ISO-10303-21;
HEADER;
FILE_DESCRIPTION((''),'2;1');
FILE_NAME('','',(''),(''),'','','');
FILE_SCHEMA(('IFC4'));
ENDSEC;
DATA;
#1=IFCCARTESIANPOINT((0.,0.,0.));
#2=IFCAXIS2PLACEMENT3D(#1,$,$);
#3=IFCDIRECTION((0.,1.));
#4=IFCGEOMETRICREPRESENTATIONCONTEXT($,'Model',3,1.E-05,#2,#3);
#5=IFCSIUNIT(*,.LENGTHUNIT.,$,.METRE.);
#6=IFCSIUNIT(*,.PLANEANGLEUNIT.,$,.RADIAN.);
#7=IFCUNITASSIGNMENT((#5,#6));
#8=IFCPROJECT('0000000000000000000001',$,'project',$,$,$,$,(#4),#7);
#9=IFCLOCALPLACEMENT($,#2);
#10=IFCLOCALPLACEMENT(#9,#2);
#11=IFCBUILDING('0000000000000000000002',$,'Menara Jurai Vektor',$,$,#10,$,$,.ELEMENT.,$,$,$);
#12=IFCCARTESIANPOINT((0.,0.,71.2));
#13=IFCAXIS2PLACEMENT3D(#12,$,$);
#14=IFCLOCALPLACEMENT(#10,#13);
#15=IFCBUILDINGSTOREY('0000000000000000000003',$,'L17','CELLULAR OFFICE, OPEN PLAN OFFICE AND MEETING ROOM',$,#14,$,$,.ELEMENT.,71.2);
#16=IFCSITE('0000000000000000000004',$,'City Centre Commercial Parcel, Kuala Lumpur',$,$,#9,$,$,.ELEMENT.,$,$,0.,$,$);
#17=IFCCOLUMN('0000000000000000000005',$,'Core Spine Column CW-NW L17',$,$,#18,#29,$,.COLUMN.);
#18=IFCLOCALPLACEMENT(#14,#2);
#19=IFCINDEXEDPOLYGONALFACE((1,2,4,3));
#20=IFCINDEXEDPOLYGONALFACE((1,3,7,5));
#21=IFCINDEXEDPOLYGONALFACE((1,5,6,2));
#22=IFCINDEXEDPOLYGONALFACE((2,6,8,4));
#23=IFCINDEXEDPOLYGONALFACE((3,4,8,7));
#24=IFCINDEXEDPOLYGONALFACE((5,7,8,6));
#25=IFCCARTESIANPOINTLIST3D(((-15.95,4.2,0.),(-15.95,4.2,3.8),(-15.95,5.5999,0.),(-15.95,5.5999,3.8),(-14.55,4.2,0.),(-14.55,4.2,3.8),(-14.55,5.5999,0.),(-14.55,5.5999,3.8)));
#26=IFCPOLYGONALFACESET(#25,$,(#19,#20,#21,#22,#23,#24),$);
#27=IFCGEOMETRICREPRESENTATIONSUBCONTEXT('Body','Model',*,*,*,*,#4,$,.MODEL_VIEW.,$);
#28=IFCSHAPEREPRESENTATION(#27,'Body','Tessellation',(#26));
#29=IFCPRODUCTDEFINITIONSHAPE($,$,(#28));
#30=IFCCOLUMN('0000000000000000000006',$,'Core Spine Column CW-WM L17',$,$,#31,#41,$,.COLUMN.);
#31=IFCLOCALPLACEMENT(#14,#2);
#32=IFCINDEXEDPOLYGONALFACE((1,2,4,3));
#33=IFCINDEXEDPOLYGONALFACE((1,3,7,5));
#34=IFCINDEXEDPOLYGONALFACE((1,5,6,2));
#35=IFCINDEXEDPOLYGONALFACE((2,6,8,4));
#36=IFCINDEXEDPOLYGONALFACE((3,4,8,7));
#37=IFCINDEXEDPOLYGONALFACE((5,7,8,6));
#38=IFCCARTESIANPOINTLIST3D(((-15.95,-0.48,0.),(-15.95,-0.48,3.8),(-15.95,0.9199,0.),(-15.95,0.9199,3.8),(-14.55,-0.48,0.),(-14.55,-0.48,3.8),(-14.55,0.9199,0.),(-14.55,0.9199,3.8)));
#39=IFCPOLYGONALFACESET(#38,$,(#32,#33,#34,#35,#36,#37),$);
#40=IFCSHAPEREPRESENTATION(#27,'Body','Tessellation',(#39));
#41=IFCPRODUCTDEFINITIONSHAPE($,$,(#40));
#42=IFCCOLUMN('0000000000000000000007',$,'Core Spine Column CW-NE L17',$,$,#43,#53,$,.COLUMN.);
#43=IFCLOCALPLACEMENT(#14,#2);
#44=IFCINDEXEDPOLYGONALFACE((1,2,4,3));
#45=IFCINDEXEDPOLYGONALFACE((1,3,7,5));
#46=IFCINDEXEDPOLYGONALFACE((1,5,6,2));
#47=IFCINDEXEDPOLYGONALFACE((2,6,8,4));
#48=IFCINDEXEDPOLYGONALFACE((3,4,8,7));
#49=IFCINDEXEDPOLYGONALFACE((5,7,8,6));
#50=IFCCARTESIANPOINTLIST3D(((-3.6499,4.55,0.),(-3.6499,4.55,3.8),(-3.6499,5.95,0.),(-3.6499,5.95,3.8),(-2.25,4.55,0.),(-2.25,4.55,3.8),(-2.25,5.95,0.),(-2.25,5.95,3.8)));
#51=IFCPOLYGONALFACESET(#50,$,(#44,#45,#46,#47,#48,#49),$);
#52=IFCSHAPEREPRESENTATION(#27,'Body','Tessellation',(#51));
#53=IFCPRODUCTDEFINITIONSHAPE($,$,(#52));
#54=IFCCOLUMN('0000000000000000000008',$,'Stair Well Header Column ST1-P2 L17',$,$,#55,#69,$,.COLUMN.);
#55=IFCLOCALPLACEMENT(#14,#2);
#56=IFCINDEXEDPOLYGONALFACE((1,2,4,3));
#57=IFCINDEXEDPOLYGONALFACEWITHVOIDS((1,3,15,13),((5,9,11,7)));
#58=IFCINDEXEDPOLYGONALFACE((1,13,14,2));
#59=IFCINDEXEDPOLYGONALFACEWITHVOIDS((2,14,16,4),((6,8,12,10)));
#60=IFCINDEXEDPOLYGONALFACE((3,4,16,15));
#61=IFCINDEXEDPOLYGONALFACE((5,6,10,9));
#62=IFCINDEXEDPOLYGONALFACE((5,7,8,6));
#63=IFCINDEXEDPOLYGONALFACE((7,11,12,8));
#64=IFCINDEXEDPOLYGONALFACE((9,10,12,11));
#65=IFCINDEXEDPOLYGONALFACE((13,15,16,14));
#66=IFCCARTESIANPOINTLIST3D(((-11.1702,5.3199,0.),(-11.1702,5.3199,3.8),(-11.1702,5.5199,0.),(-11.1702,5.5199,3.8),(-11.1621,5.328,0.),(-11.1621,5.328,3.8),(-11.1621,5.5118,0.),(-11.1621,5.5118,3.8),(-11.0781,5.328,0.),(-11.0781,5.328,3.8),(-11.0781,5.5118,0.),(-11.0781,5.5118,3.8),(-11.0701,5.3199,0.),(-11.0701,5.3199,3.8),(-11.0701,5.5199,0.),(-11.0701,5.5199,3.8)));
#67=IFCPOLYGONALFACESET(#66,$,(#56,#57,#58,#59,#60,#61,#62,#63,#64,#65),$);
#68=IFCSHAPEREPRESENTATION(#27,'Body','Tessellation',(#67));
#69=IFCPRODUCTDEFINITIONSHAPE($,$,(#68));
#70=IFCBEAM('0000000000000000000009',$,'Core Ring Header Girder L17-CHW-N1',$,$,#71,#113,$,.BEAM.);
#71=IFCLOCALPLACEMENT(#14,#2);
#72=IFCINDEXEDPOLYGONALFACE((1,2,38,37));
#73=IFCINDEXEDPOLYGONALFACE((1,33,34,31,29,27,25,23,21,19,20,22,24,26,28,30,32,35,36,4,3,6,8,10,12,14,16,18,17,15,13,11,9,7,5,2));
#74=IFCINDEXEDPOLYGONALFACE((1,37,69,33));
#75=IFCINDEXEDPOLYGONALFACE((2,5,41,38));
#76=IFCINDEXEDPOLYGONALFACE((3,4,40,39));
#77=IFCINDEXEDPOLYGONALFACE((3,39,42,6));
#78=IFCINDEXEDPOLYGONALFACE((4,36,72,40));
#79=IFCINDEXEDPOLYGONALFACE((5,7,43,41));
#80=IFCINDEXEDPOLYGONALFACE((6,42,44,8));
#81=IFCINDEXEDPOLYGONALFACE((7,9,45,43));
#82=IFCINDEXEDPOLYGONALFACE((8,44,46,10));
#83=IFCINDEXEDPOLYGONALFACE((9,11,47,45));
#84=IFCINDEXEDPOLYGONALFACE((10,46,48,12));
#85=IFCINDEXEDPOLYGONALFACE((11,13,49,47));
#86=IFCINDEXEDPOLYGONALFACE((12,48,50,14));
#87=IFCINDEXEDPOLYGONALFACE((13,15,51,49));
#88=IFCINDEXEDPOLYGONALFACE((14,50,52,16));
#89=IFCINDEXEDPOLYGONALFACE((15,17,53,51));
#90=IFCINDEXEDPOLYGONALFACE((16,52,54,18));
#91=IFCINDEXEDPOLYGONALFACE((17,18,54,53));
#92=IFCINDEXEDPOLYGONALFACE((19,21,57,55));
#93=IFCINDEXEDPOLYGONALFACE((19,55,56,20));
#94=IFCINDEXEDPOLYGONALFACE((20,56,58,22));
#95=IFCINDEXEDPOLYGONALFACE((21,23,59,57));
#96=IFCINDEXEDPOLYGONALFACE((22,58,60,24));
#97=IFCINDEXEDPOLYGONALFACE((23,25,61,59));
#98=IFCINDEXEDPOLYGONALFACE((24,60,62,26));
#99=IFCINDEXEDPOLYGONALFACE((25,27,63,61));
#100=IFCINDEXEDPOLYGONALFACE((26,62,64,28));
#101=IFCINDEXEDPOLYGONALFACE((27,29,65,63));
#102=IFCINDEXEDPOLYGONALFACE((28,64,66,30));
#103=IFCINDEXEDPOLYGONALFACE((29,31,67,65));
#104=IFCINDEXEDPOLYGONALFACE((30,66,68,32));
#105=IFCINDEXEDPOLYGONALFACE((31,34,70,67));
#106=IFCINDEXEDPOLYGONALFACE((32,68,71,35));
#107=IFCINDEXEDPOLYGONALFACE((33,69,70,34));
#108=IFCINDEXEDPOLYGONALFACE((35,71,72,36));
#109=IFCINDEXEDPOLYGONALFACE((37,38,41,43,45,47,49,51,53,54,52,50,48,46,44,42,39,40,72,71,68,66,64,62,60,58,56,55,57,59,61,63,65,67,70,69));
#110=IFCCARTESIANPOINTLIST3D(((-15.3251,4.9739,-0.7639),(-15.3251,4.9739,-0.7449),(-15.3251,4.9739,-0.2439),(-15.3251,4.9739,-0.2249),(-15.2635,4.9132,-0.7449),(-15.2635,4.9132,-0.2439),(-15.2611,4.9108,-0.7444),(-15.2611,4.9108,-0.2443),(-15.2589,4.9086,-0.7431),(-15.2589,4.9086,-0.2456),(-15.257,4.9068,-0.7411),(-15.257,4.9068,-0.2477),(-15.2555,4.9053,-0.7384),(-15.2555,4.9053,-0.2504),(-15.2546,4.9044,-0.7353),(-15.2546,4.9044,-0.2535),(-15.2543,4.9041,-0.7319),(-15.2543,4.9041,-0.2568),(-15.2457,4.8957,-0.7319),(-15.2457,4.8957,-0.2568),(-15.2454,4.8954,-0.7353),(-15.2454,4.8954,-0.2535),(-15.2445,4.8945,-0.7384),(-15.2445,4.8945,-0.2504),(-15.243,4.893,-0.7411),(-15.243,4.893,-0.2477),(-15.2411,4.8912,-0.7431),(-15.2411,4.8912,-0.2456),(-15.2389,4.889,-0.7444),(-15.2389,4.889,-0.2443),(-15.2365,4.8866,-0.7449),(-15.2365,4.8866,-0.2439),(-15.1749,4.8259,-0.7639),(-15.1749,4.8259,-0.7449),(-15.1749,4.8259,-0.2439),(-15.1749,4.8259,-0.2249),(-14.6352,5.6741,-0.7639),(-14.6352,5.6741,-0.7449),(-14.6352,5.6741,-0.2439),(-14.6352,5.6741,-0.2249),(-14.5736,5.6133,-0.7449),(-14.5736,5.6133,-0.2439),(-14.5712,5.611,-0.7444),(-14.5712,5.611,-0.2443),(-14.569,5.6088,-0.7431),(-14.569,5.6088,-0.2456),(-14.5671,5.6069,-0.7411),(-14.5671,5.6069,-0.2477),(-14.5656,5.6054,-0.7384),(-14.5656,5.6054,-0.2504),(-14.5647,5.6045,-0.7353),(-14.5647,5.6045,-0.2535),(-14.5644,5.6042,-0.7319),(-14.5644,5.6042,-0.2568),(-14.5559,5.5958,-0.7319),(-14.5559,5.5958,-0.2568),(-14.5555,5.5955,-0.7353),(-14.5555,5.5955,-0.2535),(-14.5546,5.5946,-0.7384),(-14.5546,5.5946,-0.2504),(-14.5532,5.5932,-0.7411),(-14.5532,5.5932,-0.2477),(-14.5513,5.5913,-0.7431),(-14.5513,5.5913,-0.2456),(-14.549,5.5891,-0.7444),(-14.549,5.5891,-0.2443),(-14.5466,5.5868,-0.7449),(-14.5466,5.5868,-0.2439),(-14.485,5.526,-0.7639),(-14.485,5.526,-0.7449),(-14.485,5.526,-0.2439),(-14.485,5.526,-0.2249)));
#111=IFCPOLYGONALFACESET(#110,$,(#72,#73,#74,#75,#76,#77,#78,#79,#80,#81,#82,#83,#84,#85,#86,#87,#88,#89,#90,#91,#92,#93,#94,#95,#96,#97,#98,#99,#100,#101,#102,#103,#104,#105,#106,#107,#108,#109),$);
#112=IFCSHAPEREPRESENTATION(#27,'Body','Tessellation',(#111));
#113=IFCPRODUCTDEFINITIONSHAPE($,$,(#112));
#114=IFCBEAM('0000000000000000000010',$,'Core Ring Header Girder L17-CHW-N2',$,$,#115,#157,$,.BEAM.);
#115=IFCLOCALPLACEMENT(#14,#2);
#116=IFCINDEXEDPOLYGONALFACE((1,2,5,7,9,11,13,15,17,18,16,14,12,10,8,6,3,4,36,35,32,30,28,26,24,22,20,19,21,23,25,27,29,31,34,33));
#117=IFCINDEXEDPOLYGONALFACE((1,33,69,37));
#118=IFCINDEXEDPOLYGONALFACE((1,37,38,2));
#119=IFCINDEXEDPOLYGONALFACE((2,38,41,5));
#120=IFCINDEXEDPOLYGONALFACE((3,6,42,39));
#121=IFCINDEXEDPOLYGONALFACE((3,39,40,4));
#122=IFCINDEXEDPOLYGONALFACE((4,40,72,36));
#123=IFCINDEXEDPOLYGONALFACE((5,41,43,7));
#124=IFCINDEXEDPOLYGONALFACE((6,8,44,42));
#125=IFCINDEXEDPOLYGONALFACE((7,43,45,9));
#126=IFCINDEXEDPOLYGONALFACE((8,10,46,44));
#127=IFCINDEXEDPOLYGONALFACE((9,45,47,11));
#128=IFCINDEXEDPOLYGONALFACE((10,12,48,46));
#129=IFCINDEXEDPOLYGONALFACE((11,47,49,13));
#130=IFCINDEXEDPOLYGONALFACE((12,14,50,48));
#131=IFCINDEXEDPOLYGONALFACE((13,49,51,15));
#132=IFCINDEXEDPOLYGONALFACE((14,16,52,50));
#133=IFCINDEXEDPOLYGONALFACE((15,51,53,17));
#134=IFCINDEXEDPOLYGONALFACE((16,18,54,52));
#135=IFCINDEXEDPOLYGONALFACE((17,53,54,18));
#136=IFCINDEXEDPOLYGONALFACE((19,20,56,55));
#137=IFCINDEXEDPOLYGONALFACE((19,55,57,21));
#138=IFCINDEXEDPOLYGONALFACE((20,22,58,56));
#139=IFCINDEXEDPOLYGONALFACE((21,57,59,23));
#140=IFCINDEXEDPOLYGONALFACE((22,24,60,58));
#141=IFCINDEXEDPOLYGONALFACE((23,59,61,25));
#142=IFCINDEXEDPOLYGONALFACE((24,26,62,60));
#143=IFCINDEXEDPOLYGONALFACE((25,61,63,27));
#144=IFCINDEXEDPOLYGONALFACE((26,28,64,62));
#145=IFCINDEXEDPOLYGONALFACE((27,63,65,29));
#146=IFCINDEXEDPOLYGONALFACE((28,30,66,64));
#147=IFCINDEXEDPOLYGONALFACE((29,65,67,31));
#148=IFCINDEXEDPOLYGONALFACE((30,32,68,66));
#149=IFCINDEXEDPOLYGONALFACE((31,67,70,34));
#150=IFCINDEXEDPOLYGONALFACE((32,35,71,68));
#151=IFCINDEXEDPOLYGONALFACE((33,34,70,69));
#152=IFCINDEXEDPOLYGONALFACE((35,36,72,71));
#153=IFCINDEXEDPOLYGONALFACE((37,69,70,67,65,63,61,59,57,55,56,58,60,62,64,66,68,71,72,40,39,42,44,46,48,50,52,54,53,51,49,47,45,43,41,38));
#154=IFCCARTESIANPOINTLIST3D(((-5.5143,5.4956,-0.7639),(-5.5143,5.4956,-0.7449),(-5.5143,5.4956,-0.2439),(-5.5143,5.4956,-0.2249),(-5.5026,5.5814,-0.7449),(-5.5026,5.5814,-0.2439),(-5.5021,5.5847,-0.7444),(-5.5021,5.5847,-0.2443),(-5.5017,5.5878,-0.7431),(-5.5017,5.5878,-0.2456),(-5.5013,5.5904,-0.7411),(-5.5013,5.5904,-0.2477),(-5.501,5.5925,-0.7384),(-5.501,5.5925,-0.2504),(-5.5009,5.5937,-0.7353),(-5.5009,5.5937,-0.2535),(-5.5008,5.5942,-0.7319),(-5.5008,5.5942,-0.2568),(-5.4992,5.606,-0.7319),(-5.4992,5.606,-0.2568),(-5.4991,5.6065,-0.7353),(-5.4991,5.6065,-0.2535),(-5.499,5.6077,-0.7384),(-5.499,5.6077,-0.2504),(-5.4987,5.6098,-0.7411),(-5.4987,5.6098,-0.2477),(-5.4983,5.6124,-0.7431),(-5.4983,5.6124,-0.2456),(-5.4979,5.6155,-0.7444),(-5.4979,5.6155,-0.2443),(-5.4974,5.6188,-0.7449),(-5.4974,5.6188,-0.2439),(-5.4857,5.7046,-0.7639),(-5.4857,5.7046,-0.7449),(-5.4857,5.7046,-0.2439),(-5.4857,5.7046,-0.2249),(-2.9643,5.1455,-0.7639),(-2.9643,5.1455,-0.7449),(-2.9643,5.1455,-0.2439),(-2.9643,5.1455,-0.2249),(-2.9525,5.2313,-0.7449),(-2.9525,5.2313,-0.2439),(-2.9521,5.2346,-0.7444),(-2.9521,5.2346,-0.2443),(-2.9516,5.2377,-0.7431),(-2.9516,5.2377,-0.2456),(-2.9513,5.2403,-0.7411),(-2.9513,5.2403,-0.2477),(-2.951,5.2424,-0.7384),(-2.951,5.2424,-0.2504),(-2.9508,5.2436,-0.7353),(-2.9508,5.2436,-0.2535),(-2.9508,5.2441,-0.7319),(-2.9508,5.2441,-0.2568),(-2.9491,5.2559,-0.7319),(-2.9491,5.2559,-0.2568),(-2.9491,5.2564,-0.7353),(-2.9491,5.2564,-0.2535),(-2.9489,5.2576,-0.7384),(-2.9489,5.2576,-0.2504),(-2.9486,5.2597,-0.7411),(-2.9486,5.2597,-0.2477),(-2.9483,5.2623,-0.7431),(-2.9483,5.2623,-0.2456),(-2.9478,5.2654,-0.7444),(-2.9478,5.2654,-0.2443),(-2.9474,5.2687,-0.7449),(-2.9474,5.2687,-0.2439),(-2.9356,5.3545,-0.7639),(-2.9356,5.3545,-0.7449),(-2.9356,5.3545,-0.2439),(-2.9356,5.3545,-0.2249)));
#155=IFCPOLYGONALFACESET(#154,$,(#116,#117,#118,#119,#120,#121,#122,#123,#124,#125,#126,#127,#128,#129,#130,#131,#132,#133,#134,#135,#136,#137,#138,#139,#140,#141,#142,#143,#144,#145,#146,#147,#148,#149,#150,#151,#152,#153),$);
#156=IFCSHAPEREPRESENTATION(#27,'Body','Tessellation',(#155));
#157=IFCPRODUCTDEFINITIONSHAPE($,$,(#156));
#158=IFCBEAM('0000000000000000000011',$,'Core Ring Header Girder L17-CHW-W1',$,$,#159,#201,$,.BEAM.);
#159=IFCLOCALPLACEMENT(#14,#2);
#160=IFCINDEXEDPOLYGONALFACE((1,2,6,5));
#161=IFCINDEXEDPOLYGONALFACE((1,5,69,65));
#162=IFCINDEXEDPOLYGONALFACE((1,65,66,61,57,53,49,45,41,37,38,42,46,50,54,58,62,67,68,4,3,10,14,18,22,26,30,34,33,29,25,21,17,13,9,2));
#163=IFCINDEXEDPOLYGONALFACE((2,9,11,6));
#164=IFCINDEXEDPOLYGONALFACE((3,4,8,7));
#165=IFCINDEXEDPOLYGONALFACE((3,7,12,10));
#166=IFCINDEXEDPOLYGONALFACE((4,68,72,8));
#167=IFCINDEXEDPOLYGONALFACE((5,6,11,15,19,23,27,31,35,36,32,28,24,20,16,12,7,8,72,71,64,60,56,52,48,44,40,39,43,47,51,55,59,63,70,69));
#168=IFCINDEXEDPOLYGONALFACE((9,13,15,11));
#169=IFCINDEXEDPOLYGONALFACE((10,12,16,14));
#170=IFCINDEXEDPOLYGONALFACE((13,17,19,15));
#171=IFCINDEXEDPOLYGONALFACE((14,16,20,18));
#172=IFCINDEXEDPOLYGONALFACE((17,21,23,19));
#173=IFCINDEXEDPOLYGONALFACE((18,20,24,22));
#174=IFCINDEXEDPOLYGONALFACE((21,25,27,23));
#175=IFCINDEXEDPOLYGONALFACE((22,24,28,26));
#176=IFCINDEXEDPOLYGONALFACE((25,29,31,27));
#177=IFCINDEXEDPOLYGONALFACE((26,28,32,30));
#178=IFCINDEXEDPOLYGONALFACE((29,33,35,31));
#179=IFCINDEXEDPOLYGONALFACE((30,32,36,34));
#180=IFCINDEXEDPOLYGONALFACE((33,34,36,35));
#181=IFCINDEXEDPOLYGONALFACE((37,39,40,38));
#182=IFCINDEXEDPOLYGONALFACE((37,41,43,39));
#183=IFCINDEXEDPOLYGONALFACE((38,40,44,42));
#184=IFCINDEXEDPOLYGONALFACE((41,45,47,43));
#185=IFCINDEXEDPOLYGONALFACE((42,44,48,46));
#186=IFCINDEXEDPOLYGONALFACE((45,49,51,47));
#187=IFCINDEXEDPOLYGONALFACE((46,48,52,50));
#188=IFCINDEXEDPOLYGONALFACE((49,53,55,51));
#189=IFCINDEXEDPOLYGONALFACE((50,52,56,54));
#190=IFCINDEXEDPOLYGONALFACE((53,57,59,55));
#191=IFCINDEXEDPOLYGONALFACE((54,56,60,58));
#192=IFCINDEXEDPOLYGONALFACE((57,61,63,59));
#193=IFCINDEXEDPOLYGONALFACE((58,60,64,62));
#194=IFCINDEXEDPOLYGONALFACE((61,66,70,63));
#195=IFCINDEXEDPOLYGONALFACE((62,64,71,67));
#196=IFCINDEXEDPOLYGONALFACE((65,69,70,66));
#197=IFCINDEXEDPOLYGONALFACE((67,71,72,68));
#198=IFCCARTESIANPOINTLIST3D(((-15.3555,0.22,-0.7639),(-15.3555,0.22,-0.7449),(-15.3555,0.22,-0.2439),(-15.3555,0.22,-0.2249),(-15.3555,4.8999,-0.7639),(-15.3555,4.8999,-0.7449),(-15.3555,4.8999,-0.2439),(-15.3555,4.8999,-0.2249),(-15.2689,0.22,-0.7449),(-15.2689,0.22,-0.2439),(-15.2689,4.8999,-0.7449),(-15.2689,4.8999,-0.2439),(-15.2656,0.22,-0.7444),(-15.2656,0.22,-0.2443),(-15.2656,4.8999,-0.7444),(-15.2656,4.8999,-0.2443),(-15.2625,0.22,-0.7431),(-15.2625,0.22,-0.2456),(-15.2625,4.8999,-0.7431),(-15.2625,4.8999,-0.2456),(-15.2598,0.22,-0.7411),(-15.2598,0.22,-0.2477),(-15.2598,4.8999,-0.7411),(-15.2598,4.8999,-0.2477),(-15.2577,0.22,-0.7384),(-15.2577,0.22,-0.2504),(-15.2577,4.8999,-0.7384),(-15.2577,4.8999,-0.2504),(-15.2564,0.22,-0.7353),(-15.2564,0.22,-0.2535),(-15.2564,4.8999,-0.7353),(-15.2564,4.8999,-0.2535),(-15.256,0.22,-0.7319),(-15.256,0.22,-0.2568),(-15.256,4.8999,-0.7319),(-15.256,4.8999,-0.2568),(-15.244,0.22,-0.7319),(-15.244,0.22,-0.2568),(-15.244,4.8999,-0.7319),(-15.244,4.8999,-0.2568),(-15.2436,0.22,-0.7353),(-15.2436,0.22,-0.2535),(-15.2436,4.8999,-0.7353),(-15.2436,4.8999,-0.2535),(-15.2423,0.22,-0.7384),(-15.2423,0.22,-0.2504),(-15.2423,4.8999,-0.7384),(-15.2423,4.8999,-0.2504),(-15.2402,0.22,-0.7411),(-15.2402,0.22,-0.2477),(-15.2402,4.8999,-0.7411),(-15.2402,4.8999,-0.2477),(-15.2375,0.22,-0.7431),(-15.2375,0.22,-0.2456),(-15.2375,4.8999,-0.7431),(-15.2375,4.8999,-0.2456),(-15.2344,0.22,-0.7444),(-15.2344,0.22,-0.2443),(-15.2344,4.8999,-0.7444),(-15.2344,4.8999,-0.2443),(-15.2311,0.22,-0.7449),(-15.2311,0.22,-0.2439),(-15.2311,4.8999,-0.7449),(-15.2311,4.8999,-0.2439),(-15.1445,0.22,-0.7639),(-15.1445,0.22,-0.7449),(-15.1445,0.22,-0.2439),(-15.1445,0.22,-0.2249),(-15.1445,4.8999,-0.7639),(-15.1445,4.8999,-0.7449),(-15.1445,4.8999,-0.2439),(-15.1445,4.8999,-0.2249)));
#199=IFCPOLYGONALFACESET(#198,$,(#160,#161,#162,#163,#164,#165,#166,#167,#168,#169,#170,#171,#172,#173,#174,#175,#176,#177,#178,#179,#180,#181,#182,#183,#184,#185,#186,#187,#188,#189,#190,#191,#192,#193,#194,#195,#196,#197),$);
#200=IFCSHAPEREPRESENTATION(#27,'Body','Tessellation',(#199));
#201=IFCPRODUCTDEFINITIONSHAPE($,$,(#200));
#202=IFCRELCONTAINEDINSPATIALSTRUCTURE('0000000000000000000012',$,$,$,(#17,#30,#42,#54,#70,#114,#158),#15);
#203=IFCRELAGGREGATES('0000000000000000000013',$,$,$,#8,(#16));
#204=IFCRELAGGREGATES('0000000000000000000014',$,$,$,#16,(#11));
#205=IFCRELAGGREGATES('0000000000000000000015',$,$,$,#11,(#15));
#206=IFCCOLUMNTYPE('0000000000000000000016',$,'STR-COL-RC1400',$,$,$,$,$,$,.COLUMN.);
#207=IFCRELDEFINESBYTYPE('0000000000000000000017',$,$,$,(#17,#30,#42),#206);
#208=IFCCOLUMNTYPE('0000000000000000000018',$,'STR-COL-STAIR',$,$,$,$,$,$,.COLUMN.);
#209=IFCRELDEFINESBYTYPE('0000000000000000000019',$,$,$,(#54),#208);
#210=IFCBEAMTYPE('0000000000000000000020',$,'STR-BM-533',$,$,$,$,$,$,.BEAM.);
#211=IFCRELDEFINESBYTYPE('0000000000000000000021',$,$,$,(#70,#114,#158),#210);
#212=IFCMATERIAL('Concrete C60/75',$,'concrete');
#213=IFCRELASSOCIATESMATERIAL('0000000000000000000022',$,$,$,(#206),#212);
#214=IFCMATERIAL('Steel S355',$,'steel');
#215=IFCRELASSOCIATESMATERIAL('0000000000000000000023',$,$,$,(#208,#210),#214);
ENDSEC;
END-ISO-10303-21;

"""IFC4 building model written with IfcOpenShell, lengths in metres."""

from ifc_helpers import new_model, si_unit, direction, frame, origin, origin_2d, place, context, subcontext, project, spatial, rectangle, hollow_rectangle, i_section, extrude, material, material_profile, profile_set, type_object, element, save


model = new_model("IFC4")

# Units and contexts
model_context = context("Model", 3, precision=1e-05, world=origin(), true_north=direction((0.0, 1.0)))
body_context = subcontext(model_context, "Body", "Model", "MODEL_VIEW")
ifc_project = project(units=[si_unit("LENGTHUNIT", "METRE"), si_unit("PLANEANGLEUNIT", "RADIAN")], contexts=[model_context])

# Site, building, storey
site_placement = place(None, origin())
site = spatial("IfcSite", under=ifc_project, at=site_placement, Name="City Centre Commercial Parcel, Kuala Lumpur", CompositionType="ELEMENT", RefElevation=0.0)
building_placement = place(site_placement, origin())
building = spatial("IfcBuilding", under=site, at=building_placement, Name="Menara Jurai Vektor", CompositionType="ELEMENT")
storey_placement = place(building_placement, frame((0.0, 0.0, 71.2)))
storey = spatial("IfcBuildingStorey", under=building, at=storey_placement, Name="L17", Description="CELLULAR OFFICE, OPEN PLAN OFFICE AND MEETING ROOM", CompositionType="ELEMENT", Elevation=71.2)

# Columns
ifc_material_1 = material(Name="Concrete C60/75", Category="concrete")
ifc_material_profile_1 = material_profile(ifc_material_1, rectangle(XDim=1.3999, YDim=1.3999, at=origin_2d()), Name="RC 1400x1400")
ifc_profile_set_1 = profile_set([ifc_material_profile_1], Name="Concrete C60/75")
column_type_1 = type_object("IfcColumnType", Name="STR-COL-RC1400", PredefinedType="COLUMN", material=ifc_profile_set_1)
for number, where, z_axis, x_axis, name in (
    (1, (-15.25, 4.8999, 0.0), (0.0, 0.0, 1.0), (1.0, 0.0, 0.0), "Core Spine Column CW-NW L17"),
    (2, (-15.25, 0.22, 0.0), (0.0, 0.0, 1.0), (1.0, 0.0, 0.0), "Core Spine Column CW-WM L17"),
    (3, (-2.95, 5.25, 0.0), (0.0, 0.0, 1.0), (1.0, 0.0, 0.0), "Core Spine Column CW-NE L17"),
):
    element("IfcColumn", number, at=place(storey_placement, frame(where, z_axis=z_axis, x_axis=x_axis)), inside=storey, type_object=column_type_1, Name=name, PredefinedType="COLUMN", context=body_context, shape_type="SweptSolid", body=[
        extrude(rectangle(XDim=1.3999, YDim=1.3999, at=origin_2d()), origin(), (0.0, 0.0, 1.0), 3.8),
    ])
ifc_material_2 = material(Name="Steel S355", Category="steel")
ifc_material_profile_2 = material_profile(ifc_material_2, hollow_rectangle(XDim=0.1001, YDim=0.2, WallThickness=0.0081, at=origin_2d()), Name="RHS 200x100x8")
ifc_profile_set_2 = profile_set([ifc_material_profile_2], Name="Steel S355")
column_type_2 = type_object("IfcColumnType", Name="STR-COL-STAIR", PredefinedType="COLUMN", material=ifc_profile_set_2)
column_placement = place(storey_placement, frame((-11.1201, 5.4199, 0.0), z_axis=(0.0, 0.0, 1.0), x_axis=(1.0, 0.0, 0.0)))
element("IfcColumn", 4, at=column_placement, inside=storey, type_object=column_type_2, Name="Stair Well Header Column ST1-P2 L17", PredefinedType="COLUMN", context=body_context, shape_type="SweptSolid", body=[
    extrude(hollow_rectangle(XDim=0.1001, YDim=0.2, WallThickness=0.0081, at=origin_2d()), origin(), (0.0, 0.0, 1.0), 3.8),
])

# Beams
ifc_material_profile_3 = material_profile(ifc_material_2, i_section(OverallWidth=0.2109, OverallDepth=0.5391, WebThickness=0.012, FlangeThickness=0.019, FilletRadius=0.0129, at=origin_2d()), Name="UKB 533x210x109")
ifc_profile_set_3 = profile_set([ifc_material_profile_3], Name="Steel S355")
beam_type_1 = type_object("IfcBeamType", Name="STR-BM-533", PredefinedType="BEAM", material=ifc_profile_set_3)
beam_1_placement = place(storey_placement, frame((-15.25, 4.8999, -0.4944), z_axis=(0.701872, 0.712303, 0.0), x_axis=(-0.712303, 0.701872, 0.0)))
element("IfcBeam", 5, at=beam_1_placement, inside=storey, type_object=beam_type_1, Name="Core Ring Header Girder L17-CHW-N1", PredefinedType="BEAM", context=body_context, shape_type="SweptSolid", body=[
    extrude(i_section(OverallWidth=0.2109, OverallDepth=0.5391, WebThickness=0.012, FlangeThickness=0.019, FilletRadius=0.0129, at=origin_2d()), origin(), (0.0, 0.0, 1.0), 0.9829),
])
beam_2_placement = place(storey_placement, frame((-5.5, 5.6001, -0.4944), z_axis=(0.990707, -0.136015, 0.0), x_axis=(0.136015, 0.990707, 0.0)))
element("IfcBeam", 6, at=beam_2_placement, inside=storey, type_object=beam_type_1, Name="Core Ring Header Girder L17-CHW-N2", PredefinedType="BEAM", context=body_context, shape_type="SweptSolid", body=[
    extrude(i_section(OverallWidth=0.2109, OverallDepth=0.5391, WebThickness=0.012, FlangeThickness=0.019, FilletRadius=0.0129, at=origin_2d()), origin(), (0.0, 0.0, 1.0), 2.574),
])
beam_3_placement = place(storey_placement, frame((-15.25, 0.22, -0.4944), z_axis=(0.0, 1.0, 0.0), x_axis=(-1.0, 0.0, 0.0)))
element("IfcBeam", 7, at=beam_3_placement, inside=storey, type_object=beam_type_1, Name="Core Ring Header Girder L17-CHW-W1", PredefinedType="BEAM", context=body_context, shape_type="SweptSolid", body=[
    extrude(i_section(OverallWidth=0.2109, OverallDepth=0.5391, WebThickness=0.012, FlangeThickness=0.019, FilletRadius=0.0129, at=origin_2d()), origin(), (0.0, 0.0, 1.0), 4.6799),
])

save(model, "model.ifc")
